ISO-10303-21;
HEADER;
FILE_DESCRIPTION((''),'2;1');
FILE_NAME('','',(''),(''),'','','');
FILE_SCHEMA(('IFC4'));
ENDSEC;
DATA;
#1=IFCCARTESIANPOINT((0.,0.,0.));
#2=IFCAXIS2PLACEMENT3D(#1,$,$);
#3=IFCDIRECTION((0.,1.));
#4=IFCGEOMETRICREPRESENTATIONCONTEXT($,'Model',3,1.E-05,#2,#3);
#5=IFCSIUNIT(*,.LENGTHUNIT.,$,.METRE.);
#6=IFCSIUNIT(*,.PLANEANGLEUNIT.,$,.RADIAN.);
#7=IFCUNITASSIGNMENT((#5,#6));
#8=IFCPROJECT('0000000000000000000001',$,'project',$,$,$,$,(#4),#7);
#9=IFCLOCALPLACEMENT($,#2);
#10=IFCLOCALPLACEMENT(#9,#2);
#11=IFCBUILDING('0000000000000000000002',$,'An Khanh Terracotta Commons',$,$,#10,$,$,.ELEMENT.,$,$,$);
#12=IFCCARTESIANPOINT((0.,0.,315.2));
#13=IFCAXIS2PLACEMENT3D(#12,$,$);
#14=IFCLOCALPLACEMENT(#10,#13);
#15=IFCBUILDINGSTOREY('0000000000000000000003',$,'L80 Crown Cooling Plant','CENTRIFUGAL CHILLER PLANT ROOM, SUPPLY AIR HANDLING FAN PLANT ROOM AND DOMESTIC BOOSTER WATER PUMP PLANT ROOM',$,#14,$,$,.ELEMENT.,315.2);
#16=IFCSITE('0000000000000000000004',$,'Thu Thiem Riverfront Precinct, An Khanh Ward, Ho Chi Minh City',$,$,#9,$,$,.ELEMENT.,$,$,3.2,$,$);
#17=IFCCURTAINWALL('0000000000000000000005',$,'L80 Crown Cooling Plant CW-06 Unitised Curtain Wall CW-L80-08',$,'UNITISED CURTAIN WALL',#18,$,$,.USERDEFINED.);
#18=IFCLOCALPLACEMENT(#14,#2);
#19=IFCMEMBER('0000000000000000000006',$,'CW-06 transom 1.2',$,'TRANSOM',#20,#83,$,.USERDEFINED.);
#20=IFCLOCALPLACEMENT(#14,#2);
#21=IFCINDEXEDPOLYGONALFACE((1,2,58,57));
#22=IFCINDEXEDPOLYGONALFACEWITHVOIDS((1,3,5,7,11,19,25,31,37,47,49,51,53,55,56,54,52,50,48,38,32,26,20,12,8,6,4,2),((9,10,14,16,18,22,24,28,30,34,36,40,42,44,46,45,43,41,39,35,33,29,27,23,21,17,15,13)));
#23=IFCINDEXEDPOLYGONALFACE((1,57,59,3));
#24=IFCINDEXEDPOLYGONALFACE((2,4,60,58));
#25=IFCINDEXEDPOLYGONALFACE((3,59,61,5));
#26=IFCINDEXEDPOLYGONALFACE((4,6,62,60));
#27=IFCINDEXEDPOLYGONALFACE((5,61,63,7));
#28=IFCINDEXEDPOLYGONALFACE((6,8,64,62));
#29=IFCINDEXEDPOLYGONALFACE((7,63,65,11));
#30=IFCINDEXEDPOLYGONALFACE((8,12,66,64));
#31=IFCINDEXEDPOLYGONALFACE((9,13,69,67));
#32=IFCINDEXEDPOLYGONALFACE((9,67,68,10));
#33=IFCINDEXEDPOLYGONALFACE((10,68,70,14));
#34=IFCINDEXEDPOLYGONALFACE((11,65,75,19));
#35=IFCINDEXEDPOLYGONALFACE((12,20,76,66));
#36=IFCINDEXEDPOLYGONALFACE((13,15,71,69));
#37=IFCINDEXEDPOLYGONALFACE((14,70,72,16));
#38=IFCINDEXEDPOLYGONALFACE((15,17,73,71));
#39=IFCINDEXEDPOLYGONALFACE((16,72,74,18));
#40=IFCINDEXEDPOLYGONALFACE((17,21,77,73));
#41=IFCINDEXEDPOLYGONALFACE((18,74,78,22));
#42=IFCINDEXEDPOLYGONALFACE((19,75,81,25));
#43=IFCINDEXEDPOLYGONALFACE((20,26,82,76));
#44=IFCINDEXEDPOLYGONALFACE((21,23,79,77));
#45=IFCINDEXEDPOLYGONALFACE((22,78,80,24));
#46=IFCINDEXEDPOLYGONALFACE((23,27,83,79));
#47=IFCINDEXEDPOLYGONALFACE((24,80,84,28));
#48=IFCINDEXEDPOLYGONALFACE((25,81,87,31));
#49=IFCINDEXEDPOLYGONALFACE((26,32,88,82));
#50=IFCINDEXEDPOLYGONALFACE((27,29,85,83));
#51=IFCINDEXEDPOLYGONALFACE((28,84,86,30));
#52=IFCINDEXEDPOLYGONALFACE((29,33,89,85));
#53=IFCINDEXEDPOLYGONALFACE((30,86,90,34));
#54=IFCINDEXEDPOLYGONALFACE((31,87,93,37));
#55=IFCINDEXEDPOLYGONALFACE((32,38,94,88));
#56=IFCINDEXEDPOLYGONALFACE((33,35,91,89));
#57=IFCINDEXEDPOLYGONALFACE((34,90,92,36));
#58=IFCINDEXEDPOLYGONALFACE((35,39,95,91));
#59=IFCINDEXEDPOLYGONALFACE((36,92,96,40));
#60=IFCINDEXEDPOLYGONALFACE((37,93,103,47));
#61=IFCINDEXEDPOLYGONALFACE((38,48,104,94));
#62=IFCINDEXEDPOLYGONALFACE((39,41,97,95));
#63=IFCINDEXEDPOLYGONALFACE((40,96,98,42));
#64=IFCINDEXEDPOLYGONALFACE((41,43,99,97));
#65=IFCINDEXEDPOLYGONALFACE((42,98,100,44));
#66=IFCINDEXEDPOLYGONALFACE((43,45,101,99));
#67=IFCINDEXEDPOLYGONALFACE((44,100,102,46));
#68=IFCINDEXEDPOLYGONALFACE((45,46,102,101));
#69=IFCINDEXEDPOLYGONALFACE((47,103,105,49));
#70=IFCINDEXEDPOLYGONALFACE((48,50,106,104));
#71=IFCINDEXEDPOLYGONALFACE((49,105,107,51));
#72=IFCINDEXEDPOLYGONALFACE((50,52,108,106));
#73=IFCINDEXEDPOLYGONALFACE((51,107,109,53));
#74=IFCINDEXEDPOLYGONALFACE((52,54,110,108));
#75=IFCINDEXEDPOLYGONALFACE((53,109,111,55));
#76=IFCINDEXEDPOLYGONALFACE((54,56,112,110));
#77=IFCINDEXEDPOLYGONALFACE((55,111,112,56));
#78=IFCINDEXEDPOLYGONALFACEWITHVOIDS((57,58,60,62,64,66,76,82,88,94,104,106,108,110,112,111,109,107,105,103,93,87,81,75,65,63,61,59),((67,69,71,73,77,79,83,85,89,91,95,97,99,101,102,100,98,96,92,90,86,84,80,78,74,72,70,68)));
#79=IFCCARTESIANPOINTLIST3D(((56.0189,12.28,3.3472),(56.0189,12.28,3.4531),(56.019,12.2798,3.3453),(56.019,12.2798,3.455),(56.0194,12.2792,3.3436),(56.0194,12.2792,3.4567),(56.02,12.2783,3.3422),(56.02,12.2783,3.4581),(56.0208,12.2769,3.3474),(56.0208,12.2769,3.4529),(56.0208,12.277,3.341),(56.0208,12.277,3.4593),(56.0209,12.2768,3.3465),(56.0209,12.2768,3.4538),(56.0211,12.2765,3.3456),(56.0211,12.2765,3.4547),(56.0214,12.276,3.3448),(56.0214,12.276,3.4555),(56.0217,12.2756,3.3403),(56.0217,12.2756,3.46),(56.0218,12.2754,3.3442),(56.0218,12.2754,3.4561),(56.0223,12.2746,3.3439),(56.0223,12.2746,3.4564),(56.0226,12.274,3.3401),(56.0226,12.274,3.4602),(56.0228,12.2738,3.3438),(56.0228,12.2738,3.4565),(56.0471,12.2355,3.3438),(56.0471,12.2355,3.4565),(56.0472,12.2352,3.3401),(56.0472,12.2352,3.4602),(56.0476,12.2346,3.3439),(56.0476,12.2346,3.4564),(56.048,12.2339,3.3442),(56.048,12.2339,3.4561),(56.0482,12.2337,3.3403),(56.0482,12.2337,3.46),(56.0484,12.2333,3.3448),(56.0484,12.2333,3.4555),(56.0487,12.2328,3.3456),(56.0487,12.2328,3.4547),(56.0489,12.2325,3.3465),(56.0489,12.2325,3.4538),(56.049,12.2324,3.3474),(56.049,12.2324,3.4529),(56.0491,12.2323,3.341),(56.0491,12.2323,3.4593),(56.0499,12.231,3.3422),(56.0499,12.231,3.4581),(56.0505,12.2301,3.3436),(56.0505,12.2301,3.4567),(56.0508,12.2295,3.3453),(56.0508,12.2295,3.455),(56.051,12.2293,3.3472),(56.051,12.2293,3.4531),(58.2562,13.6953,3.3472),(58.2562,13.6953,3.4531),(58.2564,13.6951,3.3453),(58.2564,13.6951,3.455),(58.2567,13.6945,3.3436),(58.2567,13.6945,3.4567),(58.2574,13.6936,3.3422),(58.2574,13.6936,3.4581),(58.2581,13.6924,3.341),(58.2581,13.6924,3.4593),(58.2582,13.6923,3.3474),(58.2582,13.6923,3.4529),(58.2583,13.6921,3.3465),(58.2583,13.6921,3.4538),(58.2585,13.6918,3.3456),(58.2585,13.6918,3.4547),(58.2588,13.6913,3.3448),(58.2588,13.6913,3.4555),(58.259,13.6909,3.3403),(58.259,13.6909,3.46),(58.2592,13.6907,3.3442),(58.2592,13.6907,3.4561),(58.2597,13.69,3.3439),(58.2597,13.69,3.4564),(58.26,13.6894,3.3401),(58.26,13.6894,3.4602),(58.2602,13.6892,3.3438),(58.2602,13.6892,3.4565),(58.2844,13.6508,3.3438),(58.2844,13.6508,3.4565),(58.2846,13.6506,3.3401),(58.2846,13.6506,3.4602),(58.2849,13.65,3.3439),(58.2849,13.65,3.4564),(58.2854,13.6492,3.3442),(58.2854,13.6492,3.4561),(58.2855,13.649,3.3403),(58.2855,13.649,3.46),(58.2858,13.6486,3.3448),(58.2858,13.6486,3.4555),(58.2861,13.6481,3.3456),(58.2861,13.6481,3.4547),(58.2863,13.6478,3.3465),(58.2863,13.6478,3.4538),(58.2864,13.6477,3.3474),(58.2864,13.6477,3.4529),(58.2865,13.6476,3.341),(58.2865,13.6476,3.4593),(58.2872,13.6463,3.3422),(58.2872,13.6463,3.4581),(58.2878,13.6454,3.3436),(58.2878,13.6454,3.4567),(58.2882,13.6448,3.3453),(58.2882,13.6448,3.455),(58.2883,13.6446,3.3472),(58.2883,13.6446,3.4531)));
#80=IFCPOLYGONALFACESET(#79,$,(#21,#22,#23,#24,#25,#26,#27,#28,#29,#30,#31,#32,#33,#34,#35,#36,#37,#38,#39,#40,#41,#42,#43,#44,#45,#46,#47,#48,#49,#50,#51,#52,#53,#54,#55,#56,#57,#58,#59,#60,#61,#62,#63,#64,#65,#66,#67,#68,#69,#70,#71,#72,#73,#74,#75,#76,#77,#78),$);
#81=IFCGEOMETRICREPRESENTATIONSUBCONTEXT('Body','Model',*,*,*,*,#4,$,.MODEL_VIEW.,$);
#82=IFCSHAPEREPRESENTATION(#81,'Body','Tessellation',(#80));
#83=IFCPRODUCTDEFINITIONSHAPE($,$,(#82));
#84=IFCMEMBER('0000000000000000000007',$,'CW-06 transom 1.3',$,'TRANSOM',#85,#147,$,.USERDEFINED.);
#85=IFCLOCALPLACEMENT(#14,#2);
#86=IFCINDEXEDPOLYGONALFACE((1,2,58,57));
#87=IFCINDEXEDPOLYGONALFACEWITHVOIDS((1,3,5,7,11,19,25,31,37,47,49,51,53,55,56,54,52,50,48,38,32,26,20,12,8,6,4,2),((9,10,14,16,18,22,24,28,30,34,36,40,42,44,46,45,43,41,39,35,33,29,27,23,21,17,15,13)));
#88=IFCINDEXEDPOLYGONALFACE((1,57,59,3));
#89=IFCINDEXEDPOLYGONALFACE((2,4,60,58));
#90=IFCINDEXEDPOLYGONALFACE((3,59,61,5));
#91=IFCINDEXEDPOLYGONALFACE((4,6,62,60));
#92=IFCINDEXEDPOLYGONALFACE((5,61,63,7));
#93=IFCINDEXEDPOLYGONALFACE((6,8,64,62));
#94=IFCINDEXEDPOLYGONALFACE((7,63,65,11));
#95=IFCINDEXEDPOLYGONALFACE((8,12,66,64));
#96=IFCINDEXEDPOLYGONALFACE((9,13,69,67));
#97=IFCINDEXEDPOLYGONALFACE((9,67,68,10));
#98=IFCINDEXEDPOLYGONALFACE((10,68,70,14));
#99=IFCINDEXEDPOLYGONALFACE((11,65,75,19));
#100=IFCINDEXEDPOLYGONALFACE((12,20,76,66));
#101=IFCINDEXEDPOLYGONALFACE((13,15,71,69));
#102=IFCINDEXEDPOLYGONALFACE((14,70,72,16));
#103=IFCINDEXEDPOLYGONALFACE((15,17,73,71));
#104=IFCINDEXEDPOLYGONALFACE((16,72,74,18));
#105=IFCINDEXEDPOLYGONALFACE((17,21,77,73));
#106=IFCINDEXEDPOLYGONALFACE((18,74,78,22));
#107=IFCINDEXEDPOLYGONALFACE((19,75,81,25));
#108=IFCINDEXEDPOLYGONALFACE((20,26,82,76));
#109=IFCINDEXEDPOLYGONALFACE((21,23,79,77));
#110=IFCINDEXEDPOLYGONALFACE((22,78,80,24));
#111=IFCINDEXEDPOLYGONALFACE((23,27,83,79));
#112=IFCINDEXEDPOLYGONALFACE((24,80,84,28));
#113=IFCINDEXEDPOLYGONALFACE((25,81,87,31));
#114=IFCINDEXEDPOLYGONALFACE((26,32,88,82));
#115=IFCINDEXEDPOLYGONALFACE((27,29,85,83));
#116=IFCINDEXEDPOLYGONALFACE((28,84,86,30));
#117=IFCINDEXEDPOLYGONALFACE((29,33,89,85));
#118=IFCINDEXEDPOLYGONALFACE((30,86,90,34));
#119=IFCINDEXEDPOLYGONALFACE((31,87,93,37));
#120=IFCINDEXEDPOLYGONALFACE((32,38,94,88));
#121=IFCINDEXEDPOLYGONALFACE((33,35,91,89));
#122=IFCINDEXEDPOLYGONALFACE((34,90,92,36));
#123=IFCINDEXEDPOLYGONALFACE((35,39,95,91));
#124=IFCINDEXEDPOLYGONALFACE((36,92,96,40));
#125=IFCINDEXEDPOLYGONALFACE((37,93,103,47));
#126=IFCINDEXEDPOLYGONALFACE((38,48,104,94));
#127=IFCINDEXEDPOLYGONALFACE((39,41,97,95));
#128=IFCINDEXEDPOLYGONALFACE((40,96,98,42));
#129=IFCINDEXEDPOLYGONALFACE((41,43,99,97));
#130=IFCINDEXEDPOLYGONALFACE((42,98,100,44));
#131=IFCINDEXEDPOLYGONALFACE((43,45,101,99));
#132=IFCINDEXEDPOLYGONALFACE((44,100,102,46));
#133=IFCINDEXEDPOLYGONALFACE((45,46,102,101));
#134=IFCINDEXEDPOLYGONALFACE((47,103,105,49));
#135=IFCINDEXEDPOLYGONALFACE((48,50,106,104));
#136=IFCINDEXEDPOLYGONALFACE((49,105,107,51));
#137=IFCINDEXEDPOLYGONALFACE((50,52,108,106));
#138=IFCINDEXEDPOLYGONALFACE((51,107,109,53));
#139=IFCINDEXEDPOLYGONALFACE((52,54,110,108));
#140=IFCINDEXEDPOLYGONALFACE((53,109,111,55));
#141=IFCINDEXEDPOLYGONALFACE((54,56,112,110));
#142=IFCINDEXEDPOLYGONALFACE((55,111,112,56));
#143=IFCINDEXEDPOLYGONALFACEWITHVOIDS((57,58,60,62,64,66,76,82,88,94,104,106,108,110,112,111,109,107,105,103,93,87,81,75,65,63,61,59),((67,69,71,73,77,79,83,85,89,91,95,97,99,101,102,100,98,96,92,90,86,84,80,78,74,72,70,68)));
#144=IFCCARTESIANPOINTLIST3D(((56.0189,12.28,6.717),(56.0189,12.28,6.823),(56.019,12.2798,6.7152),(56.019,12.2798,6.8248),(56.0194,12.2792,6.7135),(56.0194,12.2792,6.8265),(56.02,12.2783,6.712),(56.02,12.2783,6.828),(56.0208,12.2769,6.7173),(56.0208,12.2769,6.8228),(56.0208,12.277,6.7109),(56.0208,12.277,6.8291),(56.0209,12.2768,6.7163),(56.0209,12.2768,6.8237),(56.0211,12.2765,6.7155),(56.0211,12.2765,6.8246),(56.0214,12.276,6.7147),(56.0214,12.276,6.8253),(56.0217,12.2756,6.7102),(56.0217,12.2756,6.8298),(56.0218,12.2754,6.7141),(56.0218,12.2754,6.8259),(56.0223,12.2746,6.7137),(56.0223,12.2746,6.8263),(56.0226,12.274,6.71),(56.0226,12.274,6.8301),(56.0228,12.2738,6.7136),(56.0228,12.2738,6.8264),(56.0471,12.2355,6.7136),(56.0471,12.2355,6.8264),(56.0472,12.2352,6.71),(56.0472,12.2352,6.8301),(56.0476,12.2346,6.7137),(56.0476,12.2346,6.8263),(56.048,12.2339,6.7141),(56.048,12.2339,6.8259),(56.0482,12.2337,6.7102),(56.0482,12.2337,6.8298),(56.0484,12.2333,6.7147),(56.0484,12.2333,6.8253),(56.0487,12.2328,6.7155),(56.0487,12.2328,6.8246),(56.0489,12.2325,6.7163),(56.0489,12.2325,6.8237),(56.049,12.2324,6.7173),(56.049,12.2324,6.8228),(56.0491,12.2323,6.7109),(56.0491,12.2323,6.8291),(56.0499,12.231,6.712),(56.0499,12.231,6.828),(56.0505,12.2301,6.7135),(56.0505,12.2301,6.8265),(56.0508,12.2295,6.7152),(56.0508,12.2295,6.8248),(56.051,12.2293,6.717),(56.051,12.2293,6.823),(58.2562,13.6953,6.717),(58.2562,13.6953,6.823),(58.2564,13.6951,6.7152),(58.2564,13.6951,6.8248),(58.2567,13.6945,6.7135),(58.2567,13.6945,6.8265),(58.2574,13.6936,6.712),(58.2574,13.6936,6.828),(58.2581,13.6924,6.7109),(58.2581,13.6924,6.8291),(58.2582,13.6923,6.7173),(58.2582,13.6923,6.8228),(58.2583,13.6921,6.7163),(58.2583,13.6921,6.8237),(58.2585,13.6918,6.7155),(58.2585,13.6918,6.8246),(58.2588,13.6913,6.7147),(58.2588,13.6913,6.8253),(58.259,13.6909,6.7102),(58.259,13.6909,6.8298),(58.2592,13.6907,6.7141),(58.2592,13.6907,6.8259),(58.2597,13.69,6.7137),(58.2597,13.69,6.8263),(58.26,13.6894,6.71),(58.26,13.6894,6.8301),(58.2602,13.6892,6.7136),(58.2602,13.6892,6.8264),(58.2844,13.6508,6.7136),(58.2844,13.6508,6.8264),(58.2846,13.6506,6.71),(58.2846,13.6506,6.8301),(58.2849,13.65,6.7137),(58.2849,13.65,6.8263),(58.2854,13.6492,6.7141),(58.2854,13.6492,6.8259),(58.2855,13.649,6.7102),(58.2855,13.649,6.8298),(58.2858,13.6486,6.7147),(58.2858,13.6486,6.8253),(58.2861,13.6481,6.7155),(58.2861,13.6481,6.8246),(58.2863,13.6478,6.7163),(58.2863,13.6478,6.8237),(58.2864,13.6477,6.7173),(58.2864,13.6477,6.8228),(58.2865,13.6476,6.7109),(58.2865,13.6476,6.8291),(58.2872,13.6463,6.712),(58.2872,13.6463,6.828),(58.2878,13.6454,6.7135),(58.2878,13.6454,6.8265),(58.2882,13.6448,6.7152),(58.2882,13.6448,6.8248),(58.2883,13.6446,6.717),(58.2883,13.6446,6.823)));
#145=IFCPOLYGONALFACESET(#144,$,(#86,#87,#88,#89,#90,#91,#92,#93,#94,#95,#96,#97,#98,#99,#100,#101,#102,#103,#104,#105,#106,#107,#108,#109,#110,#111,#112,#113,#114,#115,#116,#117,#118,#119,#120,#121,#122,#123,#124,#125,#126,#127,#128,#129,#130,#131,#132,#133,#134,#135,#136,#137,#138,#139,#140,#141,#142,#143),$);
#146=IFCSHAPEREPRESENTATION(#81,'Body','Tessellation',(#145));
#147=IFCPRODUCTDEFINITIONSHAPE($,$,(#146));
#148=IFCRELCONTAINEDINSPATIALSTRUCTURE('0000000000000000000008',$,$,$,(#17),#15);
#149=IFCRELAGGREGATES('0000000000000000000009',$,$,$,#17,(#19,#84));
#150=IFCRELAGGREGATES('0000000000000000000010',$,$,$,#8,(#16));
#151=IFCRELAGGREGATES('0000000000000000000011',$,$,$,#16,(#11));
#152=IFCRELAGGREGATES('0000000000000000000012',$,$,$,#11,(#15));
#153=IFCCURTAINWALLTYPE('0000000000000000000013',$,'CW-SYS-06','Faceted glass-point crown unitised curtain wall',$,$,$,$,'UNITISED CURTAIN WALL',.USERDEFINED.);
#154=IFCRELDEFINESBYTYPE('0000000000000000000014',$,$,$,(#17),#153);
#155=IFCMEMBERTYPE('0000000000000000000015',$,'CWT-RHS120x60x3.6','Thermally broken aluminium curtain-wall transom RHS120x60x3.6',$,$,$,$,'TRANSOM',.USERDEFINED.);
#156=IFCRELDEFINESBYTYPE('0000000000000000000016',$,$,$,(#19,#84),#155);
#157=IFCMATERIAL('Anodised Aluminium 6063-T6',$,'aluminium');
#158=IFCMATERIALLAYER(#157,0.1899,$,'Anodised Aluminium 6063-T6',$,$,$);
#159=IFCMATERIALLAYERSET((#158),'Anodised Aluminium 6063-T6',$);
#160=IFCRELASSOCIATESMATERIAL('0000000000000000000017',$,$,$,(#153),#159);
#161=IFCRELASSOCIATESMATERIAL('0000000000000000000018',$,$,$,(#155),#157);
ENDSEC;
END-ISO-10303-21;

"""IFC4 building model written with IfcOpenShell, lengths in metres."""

from ifc_helpers import new_model, si_unit, direction, frame, origin, origin_2d, place, context, subcontext, project, spatial, hollow_rectangle, extrude, material, layer, layer_set, material_profile, profile_set, type_object, element, aggregate, save


model = new_model("IFC4")

# Units and contexts
model_context = context("Model", 3, precision=1e-05, world=origin(), true_north=direction((0.0, 1.0)))
body_context = subcontext(model_context, "Body", "Model", "MODEL_VIEW")
ifc_project = project(units=[si_unit("LENGTHUNIT", "METRE"), si_unit("PLANEANGLEUNIT", "RADIAN")], contexts=[model_context])

# Site, building, storey
site_placement = place(None, origin())
site = spatial("IfcSite", under=ifc_project, at=site_placement, Name="Thu Thiem Riverfront Precinct, An Khanh Ward, Ho Chi Minh City", CompositionType="ELEMENT", RefElevation=3.2)
building_placement = place(site_placement, origin())
building = spatial("IfcBuilding", under=site, at=building_placement, Name="An Khanh Terracotta Commons", CompositionType="ELEMENT")
storey_placement = place(building_placement, frame((0.0, 0.0, 315.2)))
storey = spatial("IfcBuildingStorey", under=building, at=storey_placement, Name="L80 Crown Cooling Plant", Description="CENTRIFUGAL CHILLER PLANT ROOM, SUPPLY AIR HANDLING FAN PLANT ROOM AND DOMESTIC BOOSTER WATER PUMP PLANT ROOM", CompositionType="ELEMENT", Elevation=315.2)

# Curtain wall, members
ifc_material_1 = material(Name="Anodised Aluminium 6063-T6", Category="aluminium")
ifc_layer_1 = layer(ifc_material_1, 0.1899, Name="Anodised Aluminium 6063-T6")
ifc_layer_set_1 = layer_set([ifc_layer_1], Name="Anodised Aluminium 6063-T6")
curtain_wall_type = type_object("IfcCurtainWallType", Name="CW-SYS-06", Description="Faceted glass-point crown unitised curtain wall", ElementType="UNITISED CURTAIN WALL", PredefinedType="USERDEFINED", material=ifc_layer_set_1)
curtain_wall_placement = place(storey_placement, origin())
curtain_wall = element("IfcCurtainWall", 1, at=curtain_wall_placement, inside=storey, type_object=curtain_wall_type, Name="L80 Crown Cooling Plant CW-06 Unitised Curtain Wall CW-L80-08", ObjectType="UNITISED CURTAIN WALL", PredefinedType="USERDEFINED")
ifc_material_profile_1 = material_profile(ifc_material_1, hollow_rectangle(XDim=0.0601, YDim=0.1201, WallThickness=0.0037, InnerFilletRadius=0.0037, OuterFilletRadius=0.0071, at=origin_2d()), Name="RHS120x60x3.6")
ifc_profile_set_1 = profile_set([ifc_material_profile_1], Name="Anodised Aluminium 6063-T6")
member_type_1 = type_object("IfcMemberType", Name="CWT-RHS120x60x3.6", Description="Thermally broken aluminium curtain-wall transom RHS120x60x3.6", ElementType="TRANSOM", PredefinedType="USERDEFINED", material=ifc_profile_set_1)
member_1_placement = place(storey_placement, frame((56.0349, 12.2546, 3.4001), z_axis=(0.845105, 0.5346, 0.0), x_axis=(-0.5346, 0.845105, 0.0)))
member_1 = element("IfcMember", 2, at=member_1_placement, type_object=member_type_1, Name="CW-06 transom 1.2", ObjectType="TRANSOM", PredefinedType="USERDEFINED", context=body_context, shape_type="SweptSolid", body=[
    extrude(hollow_rectangle(XDim=0.0601, YDim=0.1201, WallThickness=0.0037, InnerFilletRadius=0.0037, OuterFilletRadius=0.0071, at=origin_2d()), origin(), (0.0, 0.0, 1.0), 2.6475),
])
member_2_placement = place(storey_placement, frame((56.0349, 12.2546, 6.77), z_axis=(0.845105, 0.5346, 0.0), x_axis=(-0.5346, 0.845105, 0.0)))
member_2 = element("IfcMember", 3, at=member_2_placement, type_object=member_type_1, Name="CW-06 transom 1.3", ObjectType="TRANSOM", PredefinedType="USERDEFINED", context=body_context, shape_type="SweptSolid", body=[
    extrude(hollow_rectangle(XDim=0.0601, YDim=0.1201, WallThickness=0.0037, InnerFilletRadius=0.0037, OuterFilletRadius=0.0071, at=origin_2d()), origin(), (0.0, 0.0, 1.0), 2.6475),
])
aggregate(curtain_wall, [member_1, member_2])

save(model, "model.ifc")
